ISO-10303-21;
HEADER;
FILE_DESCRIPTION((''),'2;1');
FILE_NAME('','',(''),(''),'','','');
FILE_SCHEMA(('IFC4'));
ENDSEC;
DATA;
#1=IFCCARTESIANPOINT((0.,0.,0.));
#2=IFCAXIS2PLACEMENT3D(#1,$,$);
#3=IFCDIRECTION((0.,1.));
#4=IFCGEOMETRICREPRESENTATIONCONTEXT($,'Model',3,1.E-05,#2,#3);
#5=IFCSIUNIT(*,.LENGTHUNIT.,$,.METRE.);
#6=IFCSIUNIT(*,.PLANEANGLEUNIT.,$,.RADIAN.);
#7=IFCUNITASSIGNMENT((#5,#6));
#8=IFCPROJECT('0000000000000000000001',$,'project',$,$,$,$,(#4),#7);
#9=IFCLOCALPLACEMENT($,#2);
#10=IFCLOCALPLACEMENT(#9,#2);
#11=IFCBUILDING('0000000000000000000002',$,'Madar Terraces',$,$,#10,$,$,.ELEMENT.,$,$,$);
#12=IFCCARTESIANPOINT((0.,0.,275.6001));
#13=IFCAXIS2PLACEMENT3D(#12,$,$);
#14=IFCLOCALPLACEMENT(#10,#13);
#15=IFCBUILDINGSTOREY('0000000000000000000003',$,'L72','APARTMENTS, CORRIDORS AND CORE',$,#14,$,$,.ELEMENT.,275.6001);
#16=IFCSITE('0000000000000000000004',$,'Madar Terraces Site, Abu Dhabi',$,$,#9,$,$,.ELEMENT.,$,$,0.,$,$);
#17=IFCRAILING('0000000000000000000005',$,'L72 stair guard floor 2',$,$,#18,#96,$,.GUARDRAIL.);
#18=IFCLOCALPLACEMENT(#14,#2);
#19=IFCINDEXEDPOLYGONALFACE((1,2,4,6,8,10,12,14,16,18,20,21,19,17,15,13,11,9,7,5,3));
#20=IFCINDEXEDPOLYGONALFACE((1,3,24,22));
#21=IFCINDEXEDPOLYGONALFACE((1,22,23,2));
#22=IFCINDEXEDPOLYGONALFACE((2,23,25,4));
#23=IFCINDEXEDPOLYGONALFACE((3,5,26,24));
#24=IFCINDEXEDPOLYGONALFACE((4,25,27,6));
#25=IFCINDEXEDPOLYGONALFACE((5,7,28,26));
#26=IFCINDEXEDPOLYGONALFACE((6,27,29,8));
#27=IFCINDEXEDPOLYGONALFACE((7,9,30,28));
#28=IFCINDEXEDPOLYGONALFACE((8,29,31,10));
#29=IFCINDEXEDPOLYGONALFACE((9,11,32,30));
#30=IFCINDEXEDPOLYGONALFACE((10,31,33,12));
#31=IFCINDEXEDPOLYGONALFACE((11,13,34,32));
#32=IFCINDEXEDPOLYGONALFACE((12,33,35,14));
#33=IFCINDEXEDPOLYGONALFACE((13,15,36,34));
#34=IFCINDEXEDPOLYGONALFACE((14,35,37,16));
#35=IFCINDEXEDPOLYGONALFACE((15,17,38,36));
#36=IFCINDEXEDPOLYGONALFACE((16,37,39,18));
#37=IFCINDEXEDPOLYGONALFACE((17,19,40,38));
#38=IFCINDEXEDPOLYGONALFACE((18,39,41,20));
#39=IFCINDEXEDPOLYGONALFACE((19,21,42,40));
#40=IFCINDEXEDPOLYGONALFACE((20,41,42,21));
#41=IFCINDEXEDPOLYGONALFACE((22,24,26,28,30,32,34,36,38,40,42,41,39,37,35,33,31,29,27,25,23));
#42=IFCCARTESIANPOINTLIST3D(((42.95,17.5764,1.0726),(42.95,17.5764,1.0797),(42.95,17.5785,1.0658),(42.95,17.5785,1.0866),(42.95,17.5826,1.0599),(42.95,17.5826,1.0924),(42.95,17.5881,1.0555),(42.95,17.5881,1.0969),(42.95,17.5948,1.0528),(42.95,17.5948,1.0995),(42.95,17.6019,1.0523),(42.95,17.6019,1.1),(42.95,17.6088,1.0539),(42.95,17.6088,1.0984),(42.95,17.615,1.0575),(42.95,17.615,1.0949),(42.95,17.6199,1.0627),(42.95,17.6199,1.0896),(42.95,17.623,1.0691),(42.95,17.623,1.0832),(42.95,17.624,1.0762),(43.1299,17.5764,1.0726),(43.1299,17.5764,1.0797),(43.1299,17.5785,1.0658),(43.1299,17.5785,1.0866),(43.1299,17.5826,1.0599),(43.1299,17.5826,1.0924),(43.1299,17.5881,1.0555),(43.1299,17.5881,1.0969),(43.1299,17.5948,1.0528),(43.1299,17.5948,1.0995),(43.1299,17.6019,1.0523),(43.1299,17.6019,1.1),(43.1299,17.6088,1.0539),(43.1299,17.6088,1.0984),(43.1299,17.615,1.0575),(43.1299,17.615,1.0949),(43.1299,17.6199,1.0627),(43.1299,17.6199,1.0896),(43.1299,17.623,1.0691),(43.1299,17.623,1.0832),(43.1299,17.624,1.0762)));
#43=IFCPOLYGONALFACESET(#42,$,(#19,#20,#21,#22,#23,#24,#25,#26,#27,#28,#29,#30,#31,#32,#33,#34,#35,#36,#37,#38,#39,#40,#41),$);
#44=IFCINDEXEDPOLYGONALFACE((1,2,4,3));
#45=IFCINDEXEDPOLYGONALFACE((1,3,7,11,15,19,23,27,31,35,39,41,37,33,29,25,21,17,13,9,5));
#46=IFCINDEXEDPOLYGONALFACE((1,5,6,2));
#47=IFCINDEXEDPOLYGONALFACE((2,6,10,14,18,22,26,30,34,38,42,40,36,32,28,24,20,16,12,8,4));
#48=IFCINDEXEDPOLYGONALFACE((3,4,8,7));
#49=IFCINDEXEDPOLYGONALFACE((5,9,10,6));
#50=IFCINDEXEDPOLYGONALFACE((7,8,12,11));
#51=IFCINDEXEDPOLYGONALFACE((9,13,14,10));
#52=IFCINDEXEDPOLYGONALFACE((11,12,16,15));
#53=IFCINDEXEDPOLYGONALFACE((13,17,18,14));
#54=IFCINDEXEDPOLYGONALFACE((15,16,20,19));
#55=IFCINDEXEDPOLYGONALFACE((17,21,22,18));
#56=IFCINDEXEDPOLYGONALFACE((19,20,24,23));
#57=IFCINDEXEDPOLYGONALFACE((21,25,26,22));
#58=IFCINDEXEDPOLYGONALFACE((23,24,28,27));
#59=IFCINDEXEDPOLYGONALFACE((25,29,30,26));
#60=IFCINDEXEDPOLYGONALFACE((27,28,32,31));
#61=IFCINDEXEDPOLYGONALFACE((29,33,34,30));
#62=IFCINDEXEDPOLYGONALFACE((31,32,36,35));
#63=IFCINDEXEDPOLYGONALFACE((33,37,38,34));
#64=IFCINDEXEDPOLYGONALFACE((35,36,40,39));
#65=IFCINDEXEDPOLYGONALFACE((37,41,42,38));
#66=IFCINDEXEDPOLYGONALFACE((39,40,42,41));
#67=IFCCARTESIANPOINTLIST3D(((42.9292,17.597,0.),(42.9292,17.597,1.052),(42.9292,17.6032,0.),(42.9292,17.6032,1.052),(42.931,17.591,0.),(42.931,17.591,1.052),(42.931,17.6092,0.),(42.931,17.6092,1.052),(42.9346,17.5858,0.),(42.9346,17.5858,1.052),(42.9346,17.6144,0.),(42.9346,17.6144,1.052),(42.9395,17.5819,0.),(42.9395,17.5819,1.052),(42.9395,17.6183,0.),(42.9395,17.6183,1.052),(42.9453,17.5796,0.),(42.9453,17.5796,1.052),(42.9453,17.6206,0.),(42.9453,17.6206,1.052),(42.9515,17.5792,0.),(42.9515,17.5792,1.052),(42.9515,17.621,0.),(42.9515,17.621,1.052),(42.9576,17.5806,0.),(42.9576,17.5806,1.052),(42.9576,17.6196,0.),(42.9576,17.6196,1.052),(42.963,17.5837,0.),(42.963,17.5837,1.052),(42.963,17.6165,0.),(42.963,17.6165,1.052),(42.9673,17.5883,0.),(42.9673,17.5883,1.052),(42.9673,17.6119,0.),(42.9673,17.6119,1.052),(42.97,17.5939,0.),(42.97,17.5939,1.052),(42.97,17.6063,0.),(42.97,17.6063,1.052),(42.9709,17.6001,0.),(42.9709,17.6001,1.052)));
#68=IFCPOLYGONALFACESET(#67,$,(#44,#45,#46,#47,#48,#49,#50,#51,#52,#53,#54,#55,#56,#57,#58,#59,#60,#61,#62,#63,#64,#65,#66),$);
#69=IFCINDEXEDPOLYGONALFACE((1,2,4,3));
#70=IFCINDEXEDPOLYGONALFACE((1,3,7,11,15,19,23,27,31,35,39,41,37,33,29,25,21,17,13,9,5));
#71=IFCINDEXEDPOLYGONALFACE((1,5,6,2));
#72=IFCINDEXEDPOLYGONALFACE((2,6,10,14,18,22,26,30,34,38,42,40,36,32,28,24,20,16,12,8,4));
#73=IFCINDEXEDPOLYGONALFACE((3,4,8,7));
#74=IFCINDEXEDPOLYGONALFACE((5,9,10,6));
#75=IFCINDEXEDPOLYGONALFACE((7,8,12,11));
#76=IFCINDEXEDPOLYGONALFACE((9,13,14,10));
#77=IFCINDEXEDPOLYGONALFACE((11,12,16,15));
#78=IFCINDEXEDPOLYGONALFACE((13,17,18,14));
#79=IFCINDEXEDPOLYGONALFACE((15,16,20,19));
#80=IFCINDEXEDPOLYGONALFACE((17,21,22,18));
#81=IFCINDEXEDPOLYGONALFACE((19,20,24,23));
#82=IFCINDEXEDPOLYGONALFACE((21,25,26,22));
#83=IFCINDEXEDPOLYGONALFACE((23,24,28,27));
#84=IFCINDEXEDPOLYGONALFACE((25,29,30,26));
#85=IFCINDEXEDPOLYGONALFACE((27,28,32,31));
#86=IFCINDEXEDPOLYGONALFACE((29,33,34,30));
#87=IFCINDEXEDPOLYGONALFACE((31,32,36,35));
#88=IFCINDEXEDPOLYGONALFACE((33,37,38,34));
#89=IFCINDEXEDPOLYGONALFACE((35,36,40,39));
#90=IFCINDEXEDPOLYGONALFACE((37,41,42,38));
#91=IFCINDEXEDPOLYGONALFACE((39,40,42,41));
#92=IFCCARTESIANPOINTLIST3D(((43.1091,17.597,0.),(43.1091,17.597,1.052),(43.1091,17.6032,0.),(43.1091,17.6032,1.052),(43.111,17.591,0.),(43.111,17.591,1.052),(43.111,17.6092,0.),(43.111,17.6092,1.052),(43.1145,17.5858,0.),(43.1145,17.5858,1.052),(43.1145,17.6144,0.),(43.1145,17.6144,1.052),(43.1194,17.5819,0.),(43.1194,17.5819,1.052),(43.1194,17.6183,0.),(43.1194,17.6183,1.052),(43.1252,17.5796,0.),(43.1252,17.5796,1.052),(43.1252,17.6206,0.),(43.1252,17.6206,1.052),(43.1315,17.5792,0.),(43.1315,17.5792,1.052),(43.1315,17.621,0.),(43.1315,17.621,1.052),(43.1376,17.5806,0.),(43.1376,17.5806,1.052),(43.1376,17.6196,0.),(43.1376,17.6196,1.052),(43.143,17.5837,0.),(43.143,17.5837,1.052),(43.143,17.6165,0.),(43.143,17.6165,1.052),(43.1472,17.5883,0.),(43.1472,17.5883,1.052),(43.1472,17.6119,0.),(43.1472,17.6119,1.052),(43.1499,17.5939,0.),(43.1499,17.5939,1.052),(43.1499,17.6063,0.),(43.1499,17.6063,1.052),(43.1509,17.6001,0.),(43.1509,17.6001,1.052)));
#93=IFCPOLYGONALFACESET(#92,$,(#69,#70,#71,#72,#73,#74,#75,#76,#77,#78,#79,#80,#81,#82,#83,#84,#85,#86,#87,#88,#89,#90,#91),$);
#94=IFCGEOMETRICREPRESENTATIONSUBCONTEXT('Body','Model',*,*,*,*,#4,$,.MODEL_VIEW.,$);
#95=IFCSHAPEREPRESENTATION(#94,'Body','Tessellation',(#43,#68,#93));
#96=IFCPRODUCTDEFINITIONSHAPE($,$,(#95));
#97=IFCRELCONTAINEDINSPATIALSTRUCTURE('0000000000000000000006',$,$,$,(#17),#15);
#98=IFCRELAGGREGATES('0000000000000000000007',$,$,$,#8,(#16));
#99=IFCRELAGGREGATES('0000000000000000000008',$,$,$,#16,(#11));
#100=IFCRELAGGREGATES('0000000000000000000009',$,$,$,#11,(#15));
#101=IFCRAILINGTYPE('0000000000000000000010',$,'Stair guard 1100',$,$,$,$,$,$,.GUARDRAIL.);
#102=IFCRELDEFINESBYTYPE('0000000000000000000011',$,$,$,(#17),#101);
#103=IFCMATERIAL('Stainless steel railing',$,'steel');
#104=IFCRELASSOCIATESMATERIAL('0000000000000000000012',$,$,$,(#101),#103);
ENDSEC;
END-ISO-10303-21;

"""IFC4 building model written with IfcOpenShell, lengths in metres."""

from ifc_helpers import new_model, si_unit, direction, frame, origin, origin_2d, place, context, subcontext, project, spatial, circle, extrude, material, type_object, element, save


model = new_model("IFC4")

# Units and contexts
model_context = context("Model", 3, precision=1e-05, world=origin(), true_north=direction((0.0, 1.0)))
body_context = subcontext(model_context, "Body", "Model", "MODEL_VIEW")
ifc_project = project(units=[si_unit("LENGTHUNIT", "METRE"), si_unit("PLANEANGLEUNIT", "RADIAN")], contexts=[model_context])

# Site, building, storey
site_placement = place(None, origin())
site = spatial("IfcSite", under=ifc_project, at=site_placement, Name="Madar Terraces Site, Abu Dhabi", CompositionType="ELEMENT", RefElevation=0.0)
building_placement = place(site_placement, origin())
building = spatial("IfcBuilding", under=site, at=building_placement, Name="Madar Terraces", CompositionType="ELEMENT")
storey_placement = place(building_placement, frame((0.0, 0.0, 275.6001)))
storey = spatial("IfcBuildingStorey", under=building, at=storey_placement, Name="L72", Description="APARTMENTS, CORRIDORS AND CORE", CompositionType="ELEMENT", Elevation=275.6001)

# Railing
ifc_material_1 = material(Name="Stainless steel railing", Category="steel")
railing_type_1 = type_object("IfcRailingType", Name="Stair guard 1100", PredefinedType="GUARDRAIL", material=ifc_material_1)
for number, where, name in (
    (1, (42.95, 17.6001, 0.0), "L72 stair guard floor 2"),
):
    element("IfcRailing", number, at=place(storey_placement, frame(where)), inside=storey, type_object=railing_type_1, Name=name, PredefinedType="GUARDRAIL", context=body_context, shape_type="SweptSolid", body=[
        extrude(circle(Radius=0.0239, at=origin_2d()), frame((0.0, 0.0, 1.0762), z_axis=(1.0, 0.0, 0.0), x_axis=(0.0, 1.0, 0.0)), (0.0, 0.0, 1.0), 0.1799),
        extrude(circle(Radius=0.021, at=origin_2d()), origin(), (0.0, 0.0, 1.0), 1.052),
        extrude(circle(Radius=0.021, at=origin_2d()), frame((0.1799, 0.0, 0.0)), (0.0, 0.0, 1.0), 1.052),
    ])

save(model, "model.ifc")
